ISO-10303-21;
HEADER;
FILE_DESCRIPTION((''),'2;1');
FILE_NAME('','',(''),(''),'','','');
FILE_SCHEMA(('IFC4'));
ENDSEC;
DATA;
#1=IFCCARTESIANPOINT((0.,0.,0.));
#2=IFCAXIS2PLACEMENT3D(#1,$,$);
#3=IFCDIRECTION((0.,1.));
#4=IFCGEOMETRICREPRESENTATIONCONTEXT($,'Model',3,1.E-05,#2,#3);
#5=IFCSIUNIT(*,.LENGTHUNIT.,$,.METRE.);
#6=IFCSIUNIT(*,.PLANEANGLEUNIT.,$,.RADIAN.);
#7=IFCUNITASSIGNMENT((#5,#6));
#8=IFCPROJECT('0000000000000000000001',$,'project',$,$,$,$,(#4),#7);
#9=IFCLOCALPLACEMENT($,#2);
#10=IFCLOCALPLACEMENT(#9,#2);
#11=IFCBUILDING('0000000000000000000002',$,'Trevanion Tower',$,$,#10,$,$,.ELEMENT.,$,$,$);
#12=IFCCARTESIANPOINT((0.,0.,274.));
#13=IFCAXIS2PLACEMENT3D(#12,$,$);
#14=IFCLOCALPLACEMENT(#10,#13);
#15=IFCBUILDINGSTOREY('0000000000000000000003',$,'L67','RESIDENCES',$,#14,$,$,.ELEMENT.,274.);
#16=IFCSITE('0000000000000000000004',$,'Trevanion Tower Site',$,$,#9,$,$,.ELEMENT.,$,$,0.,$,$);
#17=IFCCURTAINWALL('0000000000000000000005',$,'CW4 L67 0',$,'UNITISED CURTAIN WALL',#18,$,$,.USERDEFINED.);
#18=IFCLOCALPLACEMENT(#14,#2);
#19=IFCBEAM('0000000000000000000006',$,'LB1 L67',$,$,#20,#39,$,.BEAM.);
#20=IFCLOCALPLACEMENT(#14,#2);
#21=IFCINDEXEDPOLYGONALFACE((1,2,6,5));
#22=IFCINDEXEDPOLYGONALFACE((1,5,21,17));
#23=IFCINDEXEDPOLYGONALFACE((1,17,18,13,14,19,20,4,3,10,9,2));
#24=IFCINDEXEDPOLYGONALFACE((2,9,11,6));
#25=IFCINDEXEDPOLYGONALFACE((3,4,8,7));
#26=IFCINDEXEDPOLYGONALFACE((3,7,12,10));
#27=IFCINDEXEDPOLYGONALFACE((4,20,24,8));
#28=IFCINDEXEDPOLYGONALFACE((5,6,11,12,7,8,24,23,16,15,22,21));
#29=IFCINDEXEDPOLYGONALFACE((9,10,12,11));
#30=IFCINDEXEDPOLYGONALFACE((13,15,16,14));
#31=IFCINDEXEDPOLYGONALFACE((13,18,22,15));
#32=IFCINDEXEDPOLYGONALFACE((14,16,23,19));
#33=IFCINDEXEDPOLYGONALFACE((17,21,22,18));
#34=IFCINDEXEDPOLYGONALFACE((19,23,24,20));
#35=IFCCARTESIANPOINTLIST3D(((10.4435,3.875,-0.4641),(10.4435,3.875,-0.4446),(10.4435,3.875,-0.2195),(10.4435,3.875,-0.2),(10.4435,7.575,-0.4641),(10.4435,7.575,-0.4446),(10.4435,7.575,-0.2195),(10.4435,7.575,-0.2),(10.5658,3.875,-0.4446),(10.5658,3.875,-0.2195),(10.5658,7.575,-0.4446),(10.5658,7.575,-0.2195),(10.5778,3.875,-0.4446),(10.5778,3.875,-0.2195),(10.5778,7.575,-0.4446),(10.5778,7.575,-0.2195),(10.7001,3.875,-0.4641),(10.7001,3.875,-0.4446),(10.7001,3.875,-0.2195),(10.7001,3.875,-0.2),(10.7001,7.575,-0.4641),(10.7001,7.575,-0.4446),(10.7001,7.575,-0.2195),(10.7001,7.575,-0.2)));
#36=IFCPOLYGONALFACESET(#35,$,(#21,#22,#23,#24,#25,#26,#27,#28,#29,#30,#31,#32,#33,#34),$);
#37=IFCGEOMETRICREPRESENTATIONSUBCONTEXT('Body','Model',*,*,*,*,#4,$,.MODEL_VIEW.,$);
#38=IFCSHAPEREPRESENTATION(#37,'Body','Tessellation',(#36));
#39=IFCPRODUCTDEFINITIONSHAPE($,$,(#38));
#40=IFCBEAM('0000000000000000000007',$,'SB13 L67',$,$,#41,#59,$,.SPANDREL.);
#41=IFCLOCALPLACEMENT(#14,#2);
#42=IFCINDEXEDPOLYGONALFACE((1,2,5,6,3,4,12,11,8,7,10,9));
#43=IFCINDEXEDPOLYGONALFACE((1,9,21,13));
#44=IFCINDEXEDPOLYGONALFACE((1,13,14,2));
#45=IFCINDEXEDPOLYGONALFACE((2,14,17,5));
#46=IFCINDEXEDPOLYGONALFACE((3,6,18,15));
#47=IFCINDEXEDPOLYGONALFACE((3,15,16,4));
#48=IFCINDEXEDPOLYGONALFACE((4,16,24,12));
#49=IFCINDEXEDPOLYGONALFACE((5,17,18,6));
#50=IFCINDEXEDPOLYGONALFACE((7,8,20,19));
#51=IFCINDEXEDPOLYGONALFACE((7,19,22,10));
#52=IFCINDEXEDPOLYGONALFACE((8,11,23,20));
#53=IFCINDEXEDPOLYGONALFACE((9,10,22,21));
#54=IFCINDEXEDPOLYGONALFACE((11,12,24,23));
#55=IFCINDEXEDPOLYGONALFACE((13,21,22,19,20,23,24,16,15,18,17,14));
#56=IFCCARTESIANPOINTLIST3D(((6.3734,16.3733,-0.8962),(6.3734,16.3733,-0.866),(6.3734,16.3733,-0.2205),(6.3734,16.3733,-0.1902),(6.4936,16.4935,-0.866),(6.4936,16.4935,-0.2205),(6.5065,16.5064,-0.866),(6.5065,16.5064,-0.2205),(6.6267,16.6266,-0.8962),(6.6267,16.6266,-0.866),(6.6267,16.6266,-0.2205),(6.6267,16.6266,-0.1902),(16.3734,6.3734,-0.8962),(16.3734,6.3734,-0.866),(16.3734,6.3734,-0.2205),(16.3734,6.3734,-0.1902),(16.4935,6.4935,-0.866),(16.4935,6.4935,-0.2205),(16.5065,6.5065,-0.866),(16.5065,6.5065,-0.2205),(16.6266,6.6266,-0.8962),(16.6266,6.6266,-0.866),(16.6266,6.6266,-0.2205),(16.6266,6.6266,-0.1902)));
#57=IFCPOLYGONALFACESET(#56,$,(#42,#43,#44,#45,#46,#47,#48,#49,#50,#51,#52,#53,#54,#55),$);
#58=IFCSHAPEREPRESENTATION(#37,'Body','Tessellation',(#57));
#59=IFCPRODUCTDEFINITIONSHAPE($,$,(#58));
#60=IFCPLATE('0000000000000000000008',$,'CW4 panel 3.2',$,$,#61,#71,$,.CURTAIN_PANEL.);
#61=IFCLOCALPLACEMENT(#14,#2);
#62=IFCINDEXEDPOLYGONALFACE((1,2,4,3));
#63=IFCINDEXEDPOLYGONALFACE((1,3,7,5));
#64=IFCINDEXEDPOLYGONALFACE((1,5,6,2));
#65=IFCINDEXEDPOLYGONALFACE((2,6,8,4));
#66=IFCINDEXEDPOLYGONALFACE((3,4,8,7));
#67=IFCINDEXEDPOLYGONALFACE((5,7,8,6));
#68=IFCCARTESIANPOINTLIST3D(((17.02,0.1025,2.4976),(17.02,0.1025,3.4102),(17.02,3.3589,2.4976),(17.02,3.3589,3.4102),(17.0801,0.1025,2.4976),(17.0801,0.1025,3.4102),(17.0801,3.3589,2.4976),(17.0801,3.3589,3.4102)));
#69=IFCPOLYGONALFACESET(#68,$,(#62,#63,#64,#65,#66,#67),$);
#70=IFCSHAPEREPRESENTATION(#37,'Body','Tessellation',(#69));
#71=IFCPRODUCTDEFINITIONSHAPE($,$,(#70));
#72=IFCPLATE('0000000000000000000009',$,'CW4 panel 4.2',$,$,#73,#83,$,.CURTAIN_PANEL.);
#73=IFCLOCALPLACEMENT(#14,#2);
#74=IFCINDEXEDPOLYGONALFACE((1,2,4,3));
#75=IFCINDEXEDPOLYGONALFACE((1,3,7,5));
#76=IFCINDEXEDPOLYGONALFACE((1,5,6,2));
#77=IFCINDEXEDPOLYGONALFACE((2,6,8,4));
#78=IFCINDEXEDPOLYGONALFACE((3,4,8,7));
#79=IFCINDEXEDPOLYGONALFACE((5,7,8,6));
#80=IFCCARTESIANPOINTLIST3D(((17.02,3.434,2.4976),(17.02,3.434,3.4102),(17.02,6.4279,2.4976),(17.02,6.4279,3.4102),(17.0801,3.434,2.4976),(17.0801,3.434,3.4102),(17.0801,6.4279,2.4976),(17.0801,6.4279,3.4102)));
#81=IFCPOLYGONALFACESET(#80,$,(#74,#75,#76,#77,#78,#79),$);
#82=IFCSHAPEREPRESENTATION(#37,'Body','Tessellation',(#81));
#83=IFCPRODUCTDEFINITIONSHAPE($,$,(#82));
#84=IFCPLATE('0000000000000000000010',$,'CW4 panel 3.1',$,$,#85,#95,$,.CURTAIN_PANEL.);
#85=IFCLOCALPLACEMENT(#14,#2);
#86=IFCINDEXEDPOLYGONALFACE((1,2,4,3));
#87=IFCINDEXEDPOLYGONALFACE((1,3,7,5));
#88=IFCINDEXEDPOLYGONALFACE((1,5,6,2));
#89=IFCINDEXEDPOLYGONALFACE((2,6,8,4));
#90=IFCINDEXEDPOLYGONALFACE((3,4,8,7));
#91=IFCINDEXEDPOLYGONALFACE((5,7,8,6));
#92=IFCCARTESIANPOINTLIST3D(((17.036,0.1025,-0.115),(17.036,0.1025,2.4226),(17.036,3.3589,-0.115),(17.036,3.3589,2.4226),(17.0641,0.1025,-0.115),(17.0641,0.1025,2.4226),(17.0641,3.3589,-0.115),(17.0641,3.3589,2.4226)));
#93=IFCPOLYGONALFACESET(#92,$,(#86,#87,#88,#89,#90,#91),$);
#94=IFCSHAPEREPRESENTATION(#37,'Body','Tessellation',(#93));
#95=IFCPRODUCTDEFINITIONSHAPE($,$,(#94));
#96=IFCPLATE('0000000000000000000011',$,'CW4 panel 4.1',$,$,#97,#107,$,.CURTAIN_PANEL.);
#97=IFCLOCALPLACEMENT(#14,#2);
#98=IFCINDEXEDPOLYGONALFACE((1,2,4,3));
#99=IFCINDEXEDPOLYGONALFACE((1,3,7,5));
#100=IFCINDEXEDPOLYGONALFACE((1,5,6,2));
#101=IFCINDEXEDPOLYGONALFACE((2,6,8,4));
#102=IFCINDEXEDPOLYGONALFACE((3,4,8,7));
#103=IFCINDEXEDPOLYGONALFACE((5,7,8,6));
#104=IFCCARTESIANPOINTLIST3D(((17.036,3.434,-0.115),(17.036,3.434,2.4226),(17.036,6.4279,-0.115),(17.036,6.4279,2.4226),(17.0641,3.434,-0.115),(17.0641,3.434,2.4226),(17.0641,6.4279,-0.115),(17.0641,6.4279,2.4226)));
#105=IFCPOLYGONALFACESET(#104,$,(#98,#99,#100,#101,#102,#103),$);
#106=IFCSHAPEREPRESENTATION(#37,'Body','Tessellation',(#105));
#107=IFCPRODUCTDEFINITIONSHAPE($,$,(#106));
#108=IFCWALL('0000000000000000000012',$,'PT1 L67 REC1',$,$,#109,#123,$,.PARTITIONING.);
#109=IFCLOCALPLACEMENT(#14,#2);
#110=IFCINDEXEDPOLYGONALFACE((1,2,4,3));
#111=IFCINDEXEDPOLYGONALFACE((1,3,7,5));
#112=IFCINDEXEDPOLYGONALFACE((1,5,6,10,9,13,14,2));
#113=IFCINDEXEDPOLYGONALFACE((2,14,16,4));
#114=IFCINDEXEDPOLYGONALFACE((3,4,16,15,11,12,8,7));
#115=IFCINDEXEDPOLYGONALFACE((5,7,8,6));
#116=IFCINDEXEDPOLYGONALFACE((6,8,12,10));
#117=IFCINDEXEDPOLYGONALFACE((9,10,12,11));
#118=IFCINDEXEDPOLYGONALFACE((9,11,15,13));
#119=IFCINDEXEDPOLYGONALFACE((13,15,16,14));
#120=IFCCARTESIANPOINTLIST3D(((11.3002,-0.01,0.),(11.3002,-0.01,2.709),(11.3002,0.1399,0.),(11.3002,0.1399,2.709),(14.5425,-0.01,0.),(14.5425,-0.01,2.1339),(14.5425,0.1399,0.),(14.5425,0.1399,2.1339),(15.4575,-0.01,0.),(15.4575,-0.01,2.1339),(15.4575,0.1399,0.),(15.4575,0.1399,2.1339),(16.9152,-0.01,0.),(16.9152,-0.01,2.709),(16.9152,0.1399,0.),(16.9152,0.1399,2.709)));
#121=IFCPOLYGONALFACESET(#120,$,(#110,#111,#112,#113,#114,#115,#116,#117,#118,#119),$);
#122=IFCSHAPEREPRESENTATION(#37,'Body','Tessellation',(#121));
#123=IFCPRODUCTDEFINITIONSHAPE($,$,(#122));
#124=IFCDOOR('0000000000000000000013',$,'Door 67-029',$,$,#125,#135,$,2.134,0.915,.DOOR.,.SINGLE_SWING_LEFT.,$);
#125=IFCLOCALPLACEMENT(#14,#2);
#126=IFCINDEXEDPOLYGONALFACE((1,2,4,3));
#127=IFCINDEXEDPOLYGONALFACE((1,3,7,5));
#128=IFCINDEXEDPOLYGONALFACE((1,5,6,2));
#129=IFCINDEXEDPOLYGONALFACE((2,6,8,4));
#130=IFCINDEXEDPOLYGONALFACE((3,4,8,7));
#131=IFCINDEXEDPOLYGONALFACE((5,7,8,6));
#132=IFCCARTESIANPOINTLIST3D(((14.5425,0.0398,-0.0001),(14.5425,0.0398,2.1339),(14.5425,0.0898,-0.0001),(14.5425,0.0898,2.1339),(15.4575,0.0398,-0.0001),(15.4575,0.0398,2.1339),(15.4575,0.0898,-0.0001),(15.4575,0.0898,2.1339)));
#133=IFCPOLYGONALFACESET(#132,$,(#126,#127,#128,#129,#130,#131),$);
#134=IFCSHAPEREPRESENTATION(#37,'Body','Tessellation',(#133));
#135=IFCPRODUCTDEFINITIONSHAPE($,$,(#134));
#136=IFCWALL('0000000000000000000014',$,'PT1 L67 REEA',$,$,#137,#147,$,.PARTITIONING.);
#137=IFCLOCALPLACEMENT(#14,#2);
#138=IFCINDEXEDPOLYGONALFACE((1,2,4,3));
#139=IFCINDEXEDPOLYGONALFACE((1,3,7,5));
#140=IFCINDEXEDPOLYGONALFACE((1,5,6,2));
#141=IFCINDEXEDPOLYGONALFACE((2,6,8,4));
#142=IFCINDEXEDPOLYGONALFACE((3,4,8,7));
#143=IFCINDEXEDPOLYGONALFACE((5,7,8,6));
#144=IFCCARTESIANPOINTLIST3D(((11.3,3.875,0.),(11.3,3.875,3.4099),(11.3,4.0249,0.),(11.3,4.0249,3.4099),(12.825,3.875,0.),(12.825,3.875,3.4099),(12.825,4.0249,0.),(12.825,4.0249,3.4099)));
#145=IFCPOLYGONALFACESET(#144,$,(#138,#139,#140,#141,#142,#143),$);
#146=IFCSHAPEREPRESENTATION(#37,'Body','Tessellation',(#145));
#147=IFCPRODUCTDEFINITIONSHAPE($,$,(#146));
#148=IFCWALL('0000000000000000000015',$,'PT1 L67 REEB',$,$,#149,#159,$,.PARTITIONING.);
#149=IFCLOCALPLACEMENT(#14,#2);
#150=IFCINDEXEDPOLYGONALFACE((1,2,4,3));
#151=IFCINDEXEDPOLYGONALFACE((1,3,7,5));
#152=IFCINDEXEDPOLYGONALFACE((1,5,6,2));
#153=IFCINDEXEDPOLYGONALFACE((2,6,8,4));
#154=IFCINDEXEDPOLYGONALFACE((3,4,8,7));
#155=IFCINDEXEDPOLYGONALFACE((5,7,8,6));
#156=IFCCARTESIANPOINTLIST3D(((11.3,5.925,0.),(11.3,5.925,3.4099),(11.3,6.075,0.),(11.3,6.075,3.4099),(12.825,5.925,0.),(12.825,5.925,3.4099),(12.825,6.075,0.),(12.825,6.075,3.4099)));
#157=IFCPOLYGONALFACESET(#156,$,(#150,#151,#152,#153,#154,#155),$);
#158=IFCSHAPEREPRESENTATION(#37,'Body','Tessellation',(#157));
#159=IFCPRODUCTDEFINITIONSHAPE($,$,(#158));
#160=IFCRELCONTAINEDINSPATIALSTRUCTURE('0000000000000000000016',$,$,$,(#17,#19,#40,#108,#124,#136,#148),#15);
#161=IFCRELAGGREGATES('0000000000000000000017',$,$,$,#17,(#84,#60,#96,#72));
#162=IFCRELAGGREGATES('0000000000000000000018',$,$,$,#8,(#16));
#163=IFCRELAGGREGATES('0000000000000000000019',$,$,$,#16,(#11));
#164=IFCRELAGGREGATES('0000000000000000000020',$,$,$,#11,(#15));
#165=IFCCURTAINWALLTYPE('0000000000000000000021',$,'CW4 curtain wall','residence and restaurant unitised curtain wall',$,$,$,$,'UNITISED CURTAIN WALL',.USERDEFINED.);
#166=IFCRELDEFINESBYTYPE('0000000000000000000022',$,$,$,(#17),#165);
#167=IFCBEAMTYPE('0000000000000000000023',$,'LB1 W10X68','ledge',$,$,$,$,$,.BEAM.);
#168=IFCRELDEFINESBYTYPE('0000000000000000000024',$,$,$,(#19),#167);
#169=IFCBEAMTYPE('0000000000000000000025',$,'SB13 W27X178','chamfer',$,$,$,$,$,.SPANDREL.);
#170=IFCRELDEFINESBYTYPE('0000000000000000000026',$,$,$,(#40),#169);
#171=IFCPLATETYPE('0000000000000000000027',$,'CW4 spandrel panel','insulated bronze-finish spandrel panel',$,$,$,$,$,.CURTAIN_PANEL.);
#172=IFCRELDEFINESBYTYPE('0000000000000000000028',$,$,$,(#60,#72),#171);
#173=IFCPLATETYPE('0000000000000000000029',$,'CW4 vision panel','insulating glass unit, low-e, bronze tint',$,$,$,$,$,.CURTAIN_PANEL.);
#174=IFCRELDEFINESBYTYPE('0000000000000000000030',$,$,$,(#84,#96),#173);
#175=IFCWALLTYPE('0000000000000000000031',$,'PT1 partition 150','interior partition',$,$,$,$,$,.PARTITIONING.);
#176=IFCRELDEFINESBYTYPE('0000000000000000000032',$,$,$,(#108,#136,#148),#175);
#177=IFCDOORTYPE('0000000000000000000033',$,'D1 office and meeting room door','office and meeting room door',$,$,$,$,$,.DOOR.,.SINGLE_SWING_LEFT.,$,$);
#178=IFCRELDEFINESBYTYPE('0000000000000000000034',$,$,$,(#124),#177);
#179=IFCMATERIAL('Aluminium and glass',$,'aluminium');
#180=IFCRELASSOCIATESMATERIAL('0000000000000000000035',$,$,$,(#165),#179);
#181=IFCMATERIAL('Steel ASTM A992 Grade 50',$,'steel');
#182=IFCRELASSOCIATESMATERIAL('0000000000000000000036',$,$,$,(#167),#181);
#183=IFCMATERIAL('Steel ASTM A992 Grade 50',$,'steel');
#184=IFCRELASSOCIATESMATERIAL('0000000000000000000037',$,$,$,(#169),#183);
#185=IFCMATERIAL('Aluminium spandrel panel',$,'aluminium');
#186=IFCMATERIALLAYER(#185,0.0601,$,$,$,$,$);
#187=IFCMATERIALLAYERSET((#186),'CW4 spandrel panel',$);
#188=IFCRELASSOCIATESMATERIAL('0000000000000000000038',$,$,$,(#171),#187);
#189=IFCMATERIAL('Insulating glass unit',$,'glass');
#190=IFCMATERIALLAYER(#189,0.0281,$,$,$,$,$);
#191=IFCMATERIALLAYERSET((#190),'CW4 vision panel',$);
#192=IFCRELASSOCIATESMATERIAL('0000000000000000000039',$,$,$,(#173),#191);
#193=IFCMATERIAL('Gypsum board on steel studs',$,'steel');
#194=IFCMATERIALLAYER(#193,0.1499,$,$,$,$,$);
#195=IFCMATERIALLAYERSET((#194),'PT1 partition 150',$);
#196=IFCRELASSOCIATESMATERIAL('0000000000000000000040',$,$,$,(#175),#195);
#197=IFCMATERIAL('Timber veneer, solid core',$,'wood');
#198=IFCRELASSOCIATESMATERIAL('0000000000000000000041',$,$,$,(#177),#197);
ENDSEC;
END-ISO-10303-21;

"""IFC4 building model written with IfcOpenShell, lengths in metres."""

from ifc_helpers import new_model, si_unit, direction, frame, frame_2d, origin, origin_2d, place, context, subcontext, project, spatial, rectangle, i_section, extrude, material, layer, layer_set, material_profile, profile_set, type_object, element, fill, aggregate, save


model = new_model("IFC4")

# Units and contexts
model_context = context("Model", 3, precision=1e-05, world=origin(), true_north=direction((0.0, 1.0)))
body_context = subcontext(model_context, "Body", "Model", "MODEL_VIEW")
ifc_project = project(units=[si_unit("LENGTHUNIT", "METRE"), si_unit("PLANEANGLEUNIT", "RADIAN")], contexts=[model_context])

# Site, building, storey
site_placement = place(None, origin())
site = spatial("IfcSite", under=ifc_project, at=site_placement, Name="Trevanion Tower Site", CompositionType="ELEMENT", RefElevation=0.0)
building_placement = place(site_placement, origin())
building = spatial("IfcBuilding", under=site, at=building_placement, Name="Trevanion Tower", CompositionType="ELEMENT")
storey_placement = place(building_placement, frame((0.0, 0.0, 274.0)))
storey = spatial("IfcBuildingStorey", under=building, at=storey_placement, Name="L67", Description="RESIDENCES", CompositionType="ELEMENT", Elevation=274.0)

# Curtain wall
ifc_material_1 = material(Name="Aluminium and glass", Category="aluminium")
curtain_wall_type = type_object("IfcCurtainWallType", Name="CW4 curtain wall", Description="residence and restaurant unitised curtain wall", ElementType="UNITISED CURTAIN WALL", PredefinedType="USERDEFINED", material=ifc_material_1)
curtain_wall_placement = place(storey_placement, origin())
curtain_wall = element("IfcCurtainWall", 1, at=curtain_wall_placement, inside=storey, type_object=curtain_wall_type, Name="CW4 L67 0", ObjectType="UNITISED CURTAIN WALL", PredefinedType="USERDEFINED")

# Beams
ifc_material_2 = material(Name="Steel ASTM A992 Grade 50", Category="steel")
ifc_material_profile_1 = material_profile(ifc_material_2, i_section(OverallWidth=0.2566, OverallDepth=0.2642, WebThickness=0.012, FlangeThickness=0.0195, at=origin_2d()), Name="W10X68")
ifc_profile_set_1 = profile_set([ifc_material_profile_1], Name="Steel ASTM A992 Grade 50")
beam_type_1 = type_object("IfcBeamType", Name="LB1 W10X68", Description="ledge", PredefinedType="BEAM", material=ifc_profile_set_1)
beam_1_placement = place(storey_placement, frame((10.5718, 3.875, -0.332), z_axis=(0.0, 1.0, 0.0), x_axis=(-1.0, 0.0, 0.0)))
element("IfcBeam", 2, at=beam_1_placement, inside=storey, type_object=beam_type_1, Name="LB1 L67", PredefinedType="BEAM", context=body_context, shape_type="SweptSolid", body=[
    extrude(i_section(OverallWidth=0.2566, OverallDepth=0.2642, WebThickness=0.012, FlangeThickness=0.0195, at=origin_2d()), origin(), (0.0, 0.0, 1.0), 3.7),
])
ifc_material_3 = material(Name="Steel ASTM A992 Grade 50", Category="steel")
ifc_material_profile_2 = material_profile(ifc_material_3, i_section(OverallWidth=0.3582, OverallDepth=0.7061, WebThickness=0.0183, FlangeThickness=0.0303, at=origin_2d()), Name="W27X178")
ifc_profile_set_2 = profile_set([ifc_material_profile_2], Name="Steel ASTM A992 Grade 50")
beam_type_2 = type_object("IfcBeamType", Name="SB13 W27X178", Description="chamfer", PredefinedType="SPANDREL", material=ifc_profile_set_2)
beam_2_placement = place(storey_placement, frame((16.5, 6.5, -0.5432), z_axis=(-0.707107, 0.707107, 0.0), x_axis=(-0.707107, -0.707107, 0.0)))
element("IfcBeam", 3, at=beam_2_placement, inside=storey, type_object=beam_type_2, Name="SB13 L67", PredefinedType="SPANDREL", context=body_context, shape_type="SweptSolid", body=[
    extrude(i_section(OverallWidth=0.3582, OverallDepth=0.7061, WebThickness=0.0183, FlangeThickness=0.0303, at=origin_2d()), origin(), (0.0, 0.0, 1.0), 14.1421),
])

# Plates
ifc_material_4 = material(Name="Aluminium spandrel panel", Category="aluminium")
ifc_layer_1 = layer(ifc_material_4, 0.0601)
ifc_layer_set_1 = layer_set([ifc_layer_1], Name="CW4 spandrel panel")
plate_type_1 = type_object("IfcPlateType", Name="CW4 spandrel panel", Description="insulated bronze-finish spandrel panel", PredefinedType="CURTAIN_PANEL", material=ifc_layer_set_1)
plate_1_placement = place(storey_placement, frame((17.05, 1.7307, 2.4976), z_axis=(0.0, 0.0, 1.0), x_axis=(0.0, 1.0, 0.0)))
plate_1 = element("IfcPlate", 4, at=plate_1_placement, type_object=plate_type_1, Name="CW4 panel 3.2", PredefinedType="CURTAIN_PANEL", context=body_context, shape_type="SweptSolid", body=[
    extrude(rectangle(XDim=3.2563, YDim=0.0601, at=origin_2d()), origin(), (0.0, 0.0, 1.0), 0.9126),
])
plate_2_placement = place(storey_placement, frame((17.05, 4.9309, 2.4976), z_axis=(0.0, 0.0, 1.0), x_axis=(0.0, 1.0, 0.0)))
plate_2 = element("IfcPlate", 5, at=plate_2_placement, type_object=plate_type_1, Name="CW4 panel 4.2", PredefinedType="CURTAIN_PANEL", context=body_context, shape_type="SweptSolid", body=[
    extrude(rectangle(XDim=2.9939, YDim=0.0601, at=origin_2d()), origin(), (0.0, 0.0, 1.0), 0.9126),
])
ifc_material_5 = material(Name="Insulating glass unit", Category="glass")
ifc_layer_2 = layer(ifc_material_5, 0.0281)
ifc_layer_set_2 = layer_set([ifc_layer_2], Name="CW4 vision panel")
plate_type_2 = type_object("IfcPlateType", Name="CW4 vision panel", Description="insulating glass unit, low-e, bronze tint", PredefinedType="CURTAIN_PANEL", material=ifc_layer_set_2)
plate_3_placement = place(storey_placement, frame((17.05, 1.7307, -0.115), z_axis=(0.0, 0.0, 1.0), x_axis=(0.0, 1.0, 0.0)))
plate_3 = element("IfcPlate", 6, at=plate_3_placement, type_object=plate_type_2, Name="CW4 panel 3.1", PredefinedType="CURTAIN_PANEL", context=body_context, shape_type="SweptSolid", body=[
    extrude(rectangle(XDim=3.2563, YDim=0.0281, at=origin_2d()), origin(), (0.0, 0.0, 1.0), 2.5376),
])
plate_4_placement = place(storey_placement, frame((17.05, 4.9309, -0.115), z_axis=(0.0, 0.0, 1.0), x_axis=(0.0, 1.0, 0.0)))
plate_4 = element("IfcPlate", 7, at=plate_4_placement, type_object=plate_type_2, Name="CW4 panel 4.1", PredefinedType="CURTAIN_PANEL", context=body_context, shape_type="SweptSolid", body=[
    extrude(rectangle(XDim=2.9939, YDim=0.0281, at=origin_2d()), origin(), (0.0, 0.0, 1.0), 2.5376),
])
aggregate(curtain_wall, [plate_3, plate_1, plate_4, plate_2])

# Wall, opening, door
ifc_material_6 = material(Name="Gypsum board on steel studs", Category="steel")
ifc_layer_3 = layer(ifc_material_6, 0.1499)
ifc_layer_set_3 = layer_set([ifc_layer_3], Name="PT1 partition 150")
wall_type_1 = type_object("IfcWallType", Name="PT1 partition 150", Description="interior partition", PredefinedType="PARTITIONING", material=ifc_layer_set_3)
wall_1_placement = place(storey_placement, frame((11.3, 0.0649, 0.0), z_axis=(0.0, 0.0, 1.0), x_axis=(1.0, 0.0, 0.0)))
wall_1 = element("IfcWall", 8, at=wall_1_placement, inside=storey, type_object=wall_type_1, Name="PT1 L67 REC1", PredefinedType="PARTITIONING", context=body_context, shape_type="SweptSolid", body=[
    extrude(rectangle(XDim=5.615, YDim=0.1499, at=frame_2d((2.8076, 0.0))), origin(), (0.0, 0.0, 1.0), 2.709),
])
opening_1_placement = place(wall_1_placement, frame((3.2424, 0.0, 0.0)))
opening_1 = element("IfcOpeningElement", 9, at=opening_1_placement, cuts=wall_1, PredefinedType="OPENING", context=body_context, shape_type="SweptSolid", body=[
    extrude(rectangle(XDim=0.915, YDim=2.134, at=frame_2d((0.4575, 1.0669))), frame((0.0, 0.085, 0.0), z_axis=(0.0, -1.0, 0.0), x_axis=(1.0, 0.0, 0.0)), (0.0, 0.0, 1.0), 0.1699),
])
ifc_material_7 = material(Name="Timber veneer, solid core", Category="wood")
door_type_1 = type_object("IfcDoorType", Name="D1 office and meeting room door", Description="office and meeting room door", OperationType="SINGLE_SWING_LEFT", PredefinedType="DOOR", material=ifc_material_7)
door_1_placement = place(opening_1_placement, origin())
door_1 = element("IfcDoor", 10, at=door_1_placement, inside=storey, type_object=door_type_1, Name="Door 67-029", OperationType="SINGLE_SWING_LEFT", OverallHeight=2.134, OverallWidth=0.915, PredefinedType="DOOR", context=body_context, shape_type="SweptSolid", body=[
    extrude(rectangle(XDim=0.915, YDim=2.134, at=frame_2d((0.4575, 1.0669))), frame((0.0, 0.0249, 0.0), z_axis=(0.0, -1.0, 0.0), x_axis=(1.0, 0.0, 0.0)), (0.0, 0.0, 1.0), 0.05),
])
fill(opening_1, door_1)

# Walls
for number, where, z_axis, x_axis, name in (
    (11, (11.3, 3.95, 0.0), (0.0, 0.0, 1.0), (1.0, 0.0, 0.0), "PT1 L67 REEA"),
    (12, (11.3, 6.0, 0.0), (0.0, 0.0, 1.0), (1.0, 0.0, 0.0), "PT1 L67 REEB"),
):
    element("IfcWall", number, at=place(storey_placement, frame(where, z_axis=z_axis, x_axis=x_axis)), inside=storey, type_object=wall_type_1, Name=name, PredefinedType="PARTITIONING", context=body_context, shape_type="SweptSolid", body=[
        extrude(rectangle(XDim=1.5249, YDim=0.1499, at=frame_2d((0.7625, 0.0))), origin(), (0.0, 0.0, 1.0), 3.4099),
    ])

save(model, "model.ifc")
